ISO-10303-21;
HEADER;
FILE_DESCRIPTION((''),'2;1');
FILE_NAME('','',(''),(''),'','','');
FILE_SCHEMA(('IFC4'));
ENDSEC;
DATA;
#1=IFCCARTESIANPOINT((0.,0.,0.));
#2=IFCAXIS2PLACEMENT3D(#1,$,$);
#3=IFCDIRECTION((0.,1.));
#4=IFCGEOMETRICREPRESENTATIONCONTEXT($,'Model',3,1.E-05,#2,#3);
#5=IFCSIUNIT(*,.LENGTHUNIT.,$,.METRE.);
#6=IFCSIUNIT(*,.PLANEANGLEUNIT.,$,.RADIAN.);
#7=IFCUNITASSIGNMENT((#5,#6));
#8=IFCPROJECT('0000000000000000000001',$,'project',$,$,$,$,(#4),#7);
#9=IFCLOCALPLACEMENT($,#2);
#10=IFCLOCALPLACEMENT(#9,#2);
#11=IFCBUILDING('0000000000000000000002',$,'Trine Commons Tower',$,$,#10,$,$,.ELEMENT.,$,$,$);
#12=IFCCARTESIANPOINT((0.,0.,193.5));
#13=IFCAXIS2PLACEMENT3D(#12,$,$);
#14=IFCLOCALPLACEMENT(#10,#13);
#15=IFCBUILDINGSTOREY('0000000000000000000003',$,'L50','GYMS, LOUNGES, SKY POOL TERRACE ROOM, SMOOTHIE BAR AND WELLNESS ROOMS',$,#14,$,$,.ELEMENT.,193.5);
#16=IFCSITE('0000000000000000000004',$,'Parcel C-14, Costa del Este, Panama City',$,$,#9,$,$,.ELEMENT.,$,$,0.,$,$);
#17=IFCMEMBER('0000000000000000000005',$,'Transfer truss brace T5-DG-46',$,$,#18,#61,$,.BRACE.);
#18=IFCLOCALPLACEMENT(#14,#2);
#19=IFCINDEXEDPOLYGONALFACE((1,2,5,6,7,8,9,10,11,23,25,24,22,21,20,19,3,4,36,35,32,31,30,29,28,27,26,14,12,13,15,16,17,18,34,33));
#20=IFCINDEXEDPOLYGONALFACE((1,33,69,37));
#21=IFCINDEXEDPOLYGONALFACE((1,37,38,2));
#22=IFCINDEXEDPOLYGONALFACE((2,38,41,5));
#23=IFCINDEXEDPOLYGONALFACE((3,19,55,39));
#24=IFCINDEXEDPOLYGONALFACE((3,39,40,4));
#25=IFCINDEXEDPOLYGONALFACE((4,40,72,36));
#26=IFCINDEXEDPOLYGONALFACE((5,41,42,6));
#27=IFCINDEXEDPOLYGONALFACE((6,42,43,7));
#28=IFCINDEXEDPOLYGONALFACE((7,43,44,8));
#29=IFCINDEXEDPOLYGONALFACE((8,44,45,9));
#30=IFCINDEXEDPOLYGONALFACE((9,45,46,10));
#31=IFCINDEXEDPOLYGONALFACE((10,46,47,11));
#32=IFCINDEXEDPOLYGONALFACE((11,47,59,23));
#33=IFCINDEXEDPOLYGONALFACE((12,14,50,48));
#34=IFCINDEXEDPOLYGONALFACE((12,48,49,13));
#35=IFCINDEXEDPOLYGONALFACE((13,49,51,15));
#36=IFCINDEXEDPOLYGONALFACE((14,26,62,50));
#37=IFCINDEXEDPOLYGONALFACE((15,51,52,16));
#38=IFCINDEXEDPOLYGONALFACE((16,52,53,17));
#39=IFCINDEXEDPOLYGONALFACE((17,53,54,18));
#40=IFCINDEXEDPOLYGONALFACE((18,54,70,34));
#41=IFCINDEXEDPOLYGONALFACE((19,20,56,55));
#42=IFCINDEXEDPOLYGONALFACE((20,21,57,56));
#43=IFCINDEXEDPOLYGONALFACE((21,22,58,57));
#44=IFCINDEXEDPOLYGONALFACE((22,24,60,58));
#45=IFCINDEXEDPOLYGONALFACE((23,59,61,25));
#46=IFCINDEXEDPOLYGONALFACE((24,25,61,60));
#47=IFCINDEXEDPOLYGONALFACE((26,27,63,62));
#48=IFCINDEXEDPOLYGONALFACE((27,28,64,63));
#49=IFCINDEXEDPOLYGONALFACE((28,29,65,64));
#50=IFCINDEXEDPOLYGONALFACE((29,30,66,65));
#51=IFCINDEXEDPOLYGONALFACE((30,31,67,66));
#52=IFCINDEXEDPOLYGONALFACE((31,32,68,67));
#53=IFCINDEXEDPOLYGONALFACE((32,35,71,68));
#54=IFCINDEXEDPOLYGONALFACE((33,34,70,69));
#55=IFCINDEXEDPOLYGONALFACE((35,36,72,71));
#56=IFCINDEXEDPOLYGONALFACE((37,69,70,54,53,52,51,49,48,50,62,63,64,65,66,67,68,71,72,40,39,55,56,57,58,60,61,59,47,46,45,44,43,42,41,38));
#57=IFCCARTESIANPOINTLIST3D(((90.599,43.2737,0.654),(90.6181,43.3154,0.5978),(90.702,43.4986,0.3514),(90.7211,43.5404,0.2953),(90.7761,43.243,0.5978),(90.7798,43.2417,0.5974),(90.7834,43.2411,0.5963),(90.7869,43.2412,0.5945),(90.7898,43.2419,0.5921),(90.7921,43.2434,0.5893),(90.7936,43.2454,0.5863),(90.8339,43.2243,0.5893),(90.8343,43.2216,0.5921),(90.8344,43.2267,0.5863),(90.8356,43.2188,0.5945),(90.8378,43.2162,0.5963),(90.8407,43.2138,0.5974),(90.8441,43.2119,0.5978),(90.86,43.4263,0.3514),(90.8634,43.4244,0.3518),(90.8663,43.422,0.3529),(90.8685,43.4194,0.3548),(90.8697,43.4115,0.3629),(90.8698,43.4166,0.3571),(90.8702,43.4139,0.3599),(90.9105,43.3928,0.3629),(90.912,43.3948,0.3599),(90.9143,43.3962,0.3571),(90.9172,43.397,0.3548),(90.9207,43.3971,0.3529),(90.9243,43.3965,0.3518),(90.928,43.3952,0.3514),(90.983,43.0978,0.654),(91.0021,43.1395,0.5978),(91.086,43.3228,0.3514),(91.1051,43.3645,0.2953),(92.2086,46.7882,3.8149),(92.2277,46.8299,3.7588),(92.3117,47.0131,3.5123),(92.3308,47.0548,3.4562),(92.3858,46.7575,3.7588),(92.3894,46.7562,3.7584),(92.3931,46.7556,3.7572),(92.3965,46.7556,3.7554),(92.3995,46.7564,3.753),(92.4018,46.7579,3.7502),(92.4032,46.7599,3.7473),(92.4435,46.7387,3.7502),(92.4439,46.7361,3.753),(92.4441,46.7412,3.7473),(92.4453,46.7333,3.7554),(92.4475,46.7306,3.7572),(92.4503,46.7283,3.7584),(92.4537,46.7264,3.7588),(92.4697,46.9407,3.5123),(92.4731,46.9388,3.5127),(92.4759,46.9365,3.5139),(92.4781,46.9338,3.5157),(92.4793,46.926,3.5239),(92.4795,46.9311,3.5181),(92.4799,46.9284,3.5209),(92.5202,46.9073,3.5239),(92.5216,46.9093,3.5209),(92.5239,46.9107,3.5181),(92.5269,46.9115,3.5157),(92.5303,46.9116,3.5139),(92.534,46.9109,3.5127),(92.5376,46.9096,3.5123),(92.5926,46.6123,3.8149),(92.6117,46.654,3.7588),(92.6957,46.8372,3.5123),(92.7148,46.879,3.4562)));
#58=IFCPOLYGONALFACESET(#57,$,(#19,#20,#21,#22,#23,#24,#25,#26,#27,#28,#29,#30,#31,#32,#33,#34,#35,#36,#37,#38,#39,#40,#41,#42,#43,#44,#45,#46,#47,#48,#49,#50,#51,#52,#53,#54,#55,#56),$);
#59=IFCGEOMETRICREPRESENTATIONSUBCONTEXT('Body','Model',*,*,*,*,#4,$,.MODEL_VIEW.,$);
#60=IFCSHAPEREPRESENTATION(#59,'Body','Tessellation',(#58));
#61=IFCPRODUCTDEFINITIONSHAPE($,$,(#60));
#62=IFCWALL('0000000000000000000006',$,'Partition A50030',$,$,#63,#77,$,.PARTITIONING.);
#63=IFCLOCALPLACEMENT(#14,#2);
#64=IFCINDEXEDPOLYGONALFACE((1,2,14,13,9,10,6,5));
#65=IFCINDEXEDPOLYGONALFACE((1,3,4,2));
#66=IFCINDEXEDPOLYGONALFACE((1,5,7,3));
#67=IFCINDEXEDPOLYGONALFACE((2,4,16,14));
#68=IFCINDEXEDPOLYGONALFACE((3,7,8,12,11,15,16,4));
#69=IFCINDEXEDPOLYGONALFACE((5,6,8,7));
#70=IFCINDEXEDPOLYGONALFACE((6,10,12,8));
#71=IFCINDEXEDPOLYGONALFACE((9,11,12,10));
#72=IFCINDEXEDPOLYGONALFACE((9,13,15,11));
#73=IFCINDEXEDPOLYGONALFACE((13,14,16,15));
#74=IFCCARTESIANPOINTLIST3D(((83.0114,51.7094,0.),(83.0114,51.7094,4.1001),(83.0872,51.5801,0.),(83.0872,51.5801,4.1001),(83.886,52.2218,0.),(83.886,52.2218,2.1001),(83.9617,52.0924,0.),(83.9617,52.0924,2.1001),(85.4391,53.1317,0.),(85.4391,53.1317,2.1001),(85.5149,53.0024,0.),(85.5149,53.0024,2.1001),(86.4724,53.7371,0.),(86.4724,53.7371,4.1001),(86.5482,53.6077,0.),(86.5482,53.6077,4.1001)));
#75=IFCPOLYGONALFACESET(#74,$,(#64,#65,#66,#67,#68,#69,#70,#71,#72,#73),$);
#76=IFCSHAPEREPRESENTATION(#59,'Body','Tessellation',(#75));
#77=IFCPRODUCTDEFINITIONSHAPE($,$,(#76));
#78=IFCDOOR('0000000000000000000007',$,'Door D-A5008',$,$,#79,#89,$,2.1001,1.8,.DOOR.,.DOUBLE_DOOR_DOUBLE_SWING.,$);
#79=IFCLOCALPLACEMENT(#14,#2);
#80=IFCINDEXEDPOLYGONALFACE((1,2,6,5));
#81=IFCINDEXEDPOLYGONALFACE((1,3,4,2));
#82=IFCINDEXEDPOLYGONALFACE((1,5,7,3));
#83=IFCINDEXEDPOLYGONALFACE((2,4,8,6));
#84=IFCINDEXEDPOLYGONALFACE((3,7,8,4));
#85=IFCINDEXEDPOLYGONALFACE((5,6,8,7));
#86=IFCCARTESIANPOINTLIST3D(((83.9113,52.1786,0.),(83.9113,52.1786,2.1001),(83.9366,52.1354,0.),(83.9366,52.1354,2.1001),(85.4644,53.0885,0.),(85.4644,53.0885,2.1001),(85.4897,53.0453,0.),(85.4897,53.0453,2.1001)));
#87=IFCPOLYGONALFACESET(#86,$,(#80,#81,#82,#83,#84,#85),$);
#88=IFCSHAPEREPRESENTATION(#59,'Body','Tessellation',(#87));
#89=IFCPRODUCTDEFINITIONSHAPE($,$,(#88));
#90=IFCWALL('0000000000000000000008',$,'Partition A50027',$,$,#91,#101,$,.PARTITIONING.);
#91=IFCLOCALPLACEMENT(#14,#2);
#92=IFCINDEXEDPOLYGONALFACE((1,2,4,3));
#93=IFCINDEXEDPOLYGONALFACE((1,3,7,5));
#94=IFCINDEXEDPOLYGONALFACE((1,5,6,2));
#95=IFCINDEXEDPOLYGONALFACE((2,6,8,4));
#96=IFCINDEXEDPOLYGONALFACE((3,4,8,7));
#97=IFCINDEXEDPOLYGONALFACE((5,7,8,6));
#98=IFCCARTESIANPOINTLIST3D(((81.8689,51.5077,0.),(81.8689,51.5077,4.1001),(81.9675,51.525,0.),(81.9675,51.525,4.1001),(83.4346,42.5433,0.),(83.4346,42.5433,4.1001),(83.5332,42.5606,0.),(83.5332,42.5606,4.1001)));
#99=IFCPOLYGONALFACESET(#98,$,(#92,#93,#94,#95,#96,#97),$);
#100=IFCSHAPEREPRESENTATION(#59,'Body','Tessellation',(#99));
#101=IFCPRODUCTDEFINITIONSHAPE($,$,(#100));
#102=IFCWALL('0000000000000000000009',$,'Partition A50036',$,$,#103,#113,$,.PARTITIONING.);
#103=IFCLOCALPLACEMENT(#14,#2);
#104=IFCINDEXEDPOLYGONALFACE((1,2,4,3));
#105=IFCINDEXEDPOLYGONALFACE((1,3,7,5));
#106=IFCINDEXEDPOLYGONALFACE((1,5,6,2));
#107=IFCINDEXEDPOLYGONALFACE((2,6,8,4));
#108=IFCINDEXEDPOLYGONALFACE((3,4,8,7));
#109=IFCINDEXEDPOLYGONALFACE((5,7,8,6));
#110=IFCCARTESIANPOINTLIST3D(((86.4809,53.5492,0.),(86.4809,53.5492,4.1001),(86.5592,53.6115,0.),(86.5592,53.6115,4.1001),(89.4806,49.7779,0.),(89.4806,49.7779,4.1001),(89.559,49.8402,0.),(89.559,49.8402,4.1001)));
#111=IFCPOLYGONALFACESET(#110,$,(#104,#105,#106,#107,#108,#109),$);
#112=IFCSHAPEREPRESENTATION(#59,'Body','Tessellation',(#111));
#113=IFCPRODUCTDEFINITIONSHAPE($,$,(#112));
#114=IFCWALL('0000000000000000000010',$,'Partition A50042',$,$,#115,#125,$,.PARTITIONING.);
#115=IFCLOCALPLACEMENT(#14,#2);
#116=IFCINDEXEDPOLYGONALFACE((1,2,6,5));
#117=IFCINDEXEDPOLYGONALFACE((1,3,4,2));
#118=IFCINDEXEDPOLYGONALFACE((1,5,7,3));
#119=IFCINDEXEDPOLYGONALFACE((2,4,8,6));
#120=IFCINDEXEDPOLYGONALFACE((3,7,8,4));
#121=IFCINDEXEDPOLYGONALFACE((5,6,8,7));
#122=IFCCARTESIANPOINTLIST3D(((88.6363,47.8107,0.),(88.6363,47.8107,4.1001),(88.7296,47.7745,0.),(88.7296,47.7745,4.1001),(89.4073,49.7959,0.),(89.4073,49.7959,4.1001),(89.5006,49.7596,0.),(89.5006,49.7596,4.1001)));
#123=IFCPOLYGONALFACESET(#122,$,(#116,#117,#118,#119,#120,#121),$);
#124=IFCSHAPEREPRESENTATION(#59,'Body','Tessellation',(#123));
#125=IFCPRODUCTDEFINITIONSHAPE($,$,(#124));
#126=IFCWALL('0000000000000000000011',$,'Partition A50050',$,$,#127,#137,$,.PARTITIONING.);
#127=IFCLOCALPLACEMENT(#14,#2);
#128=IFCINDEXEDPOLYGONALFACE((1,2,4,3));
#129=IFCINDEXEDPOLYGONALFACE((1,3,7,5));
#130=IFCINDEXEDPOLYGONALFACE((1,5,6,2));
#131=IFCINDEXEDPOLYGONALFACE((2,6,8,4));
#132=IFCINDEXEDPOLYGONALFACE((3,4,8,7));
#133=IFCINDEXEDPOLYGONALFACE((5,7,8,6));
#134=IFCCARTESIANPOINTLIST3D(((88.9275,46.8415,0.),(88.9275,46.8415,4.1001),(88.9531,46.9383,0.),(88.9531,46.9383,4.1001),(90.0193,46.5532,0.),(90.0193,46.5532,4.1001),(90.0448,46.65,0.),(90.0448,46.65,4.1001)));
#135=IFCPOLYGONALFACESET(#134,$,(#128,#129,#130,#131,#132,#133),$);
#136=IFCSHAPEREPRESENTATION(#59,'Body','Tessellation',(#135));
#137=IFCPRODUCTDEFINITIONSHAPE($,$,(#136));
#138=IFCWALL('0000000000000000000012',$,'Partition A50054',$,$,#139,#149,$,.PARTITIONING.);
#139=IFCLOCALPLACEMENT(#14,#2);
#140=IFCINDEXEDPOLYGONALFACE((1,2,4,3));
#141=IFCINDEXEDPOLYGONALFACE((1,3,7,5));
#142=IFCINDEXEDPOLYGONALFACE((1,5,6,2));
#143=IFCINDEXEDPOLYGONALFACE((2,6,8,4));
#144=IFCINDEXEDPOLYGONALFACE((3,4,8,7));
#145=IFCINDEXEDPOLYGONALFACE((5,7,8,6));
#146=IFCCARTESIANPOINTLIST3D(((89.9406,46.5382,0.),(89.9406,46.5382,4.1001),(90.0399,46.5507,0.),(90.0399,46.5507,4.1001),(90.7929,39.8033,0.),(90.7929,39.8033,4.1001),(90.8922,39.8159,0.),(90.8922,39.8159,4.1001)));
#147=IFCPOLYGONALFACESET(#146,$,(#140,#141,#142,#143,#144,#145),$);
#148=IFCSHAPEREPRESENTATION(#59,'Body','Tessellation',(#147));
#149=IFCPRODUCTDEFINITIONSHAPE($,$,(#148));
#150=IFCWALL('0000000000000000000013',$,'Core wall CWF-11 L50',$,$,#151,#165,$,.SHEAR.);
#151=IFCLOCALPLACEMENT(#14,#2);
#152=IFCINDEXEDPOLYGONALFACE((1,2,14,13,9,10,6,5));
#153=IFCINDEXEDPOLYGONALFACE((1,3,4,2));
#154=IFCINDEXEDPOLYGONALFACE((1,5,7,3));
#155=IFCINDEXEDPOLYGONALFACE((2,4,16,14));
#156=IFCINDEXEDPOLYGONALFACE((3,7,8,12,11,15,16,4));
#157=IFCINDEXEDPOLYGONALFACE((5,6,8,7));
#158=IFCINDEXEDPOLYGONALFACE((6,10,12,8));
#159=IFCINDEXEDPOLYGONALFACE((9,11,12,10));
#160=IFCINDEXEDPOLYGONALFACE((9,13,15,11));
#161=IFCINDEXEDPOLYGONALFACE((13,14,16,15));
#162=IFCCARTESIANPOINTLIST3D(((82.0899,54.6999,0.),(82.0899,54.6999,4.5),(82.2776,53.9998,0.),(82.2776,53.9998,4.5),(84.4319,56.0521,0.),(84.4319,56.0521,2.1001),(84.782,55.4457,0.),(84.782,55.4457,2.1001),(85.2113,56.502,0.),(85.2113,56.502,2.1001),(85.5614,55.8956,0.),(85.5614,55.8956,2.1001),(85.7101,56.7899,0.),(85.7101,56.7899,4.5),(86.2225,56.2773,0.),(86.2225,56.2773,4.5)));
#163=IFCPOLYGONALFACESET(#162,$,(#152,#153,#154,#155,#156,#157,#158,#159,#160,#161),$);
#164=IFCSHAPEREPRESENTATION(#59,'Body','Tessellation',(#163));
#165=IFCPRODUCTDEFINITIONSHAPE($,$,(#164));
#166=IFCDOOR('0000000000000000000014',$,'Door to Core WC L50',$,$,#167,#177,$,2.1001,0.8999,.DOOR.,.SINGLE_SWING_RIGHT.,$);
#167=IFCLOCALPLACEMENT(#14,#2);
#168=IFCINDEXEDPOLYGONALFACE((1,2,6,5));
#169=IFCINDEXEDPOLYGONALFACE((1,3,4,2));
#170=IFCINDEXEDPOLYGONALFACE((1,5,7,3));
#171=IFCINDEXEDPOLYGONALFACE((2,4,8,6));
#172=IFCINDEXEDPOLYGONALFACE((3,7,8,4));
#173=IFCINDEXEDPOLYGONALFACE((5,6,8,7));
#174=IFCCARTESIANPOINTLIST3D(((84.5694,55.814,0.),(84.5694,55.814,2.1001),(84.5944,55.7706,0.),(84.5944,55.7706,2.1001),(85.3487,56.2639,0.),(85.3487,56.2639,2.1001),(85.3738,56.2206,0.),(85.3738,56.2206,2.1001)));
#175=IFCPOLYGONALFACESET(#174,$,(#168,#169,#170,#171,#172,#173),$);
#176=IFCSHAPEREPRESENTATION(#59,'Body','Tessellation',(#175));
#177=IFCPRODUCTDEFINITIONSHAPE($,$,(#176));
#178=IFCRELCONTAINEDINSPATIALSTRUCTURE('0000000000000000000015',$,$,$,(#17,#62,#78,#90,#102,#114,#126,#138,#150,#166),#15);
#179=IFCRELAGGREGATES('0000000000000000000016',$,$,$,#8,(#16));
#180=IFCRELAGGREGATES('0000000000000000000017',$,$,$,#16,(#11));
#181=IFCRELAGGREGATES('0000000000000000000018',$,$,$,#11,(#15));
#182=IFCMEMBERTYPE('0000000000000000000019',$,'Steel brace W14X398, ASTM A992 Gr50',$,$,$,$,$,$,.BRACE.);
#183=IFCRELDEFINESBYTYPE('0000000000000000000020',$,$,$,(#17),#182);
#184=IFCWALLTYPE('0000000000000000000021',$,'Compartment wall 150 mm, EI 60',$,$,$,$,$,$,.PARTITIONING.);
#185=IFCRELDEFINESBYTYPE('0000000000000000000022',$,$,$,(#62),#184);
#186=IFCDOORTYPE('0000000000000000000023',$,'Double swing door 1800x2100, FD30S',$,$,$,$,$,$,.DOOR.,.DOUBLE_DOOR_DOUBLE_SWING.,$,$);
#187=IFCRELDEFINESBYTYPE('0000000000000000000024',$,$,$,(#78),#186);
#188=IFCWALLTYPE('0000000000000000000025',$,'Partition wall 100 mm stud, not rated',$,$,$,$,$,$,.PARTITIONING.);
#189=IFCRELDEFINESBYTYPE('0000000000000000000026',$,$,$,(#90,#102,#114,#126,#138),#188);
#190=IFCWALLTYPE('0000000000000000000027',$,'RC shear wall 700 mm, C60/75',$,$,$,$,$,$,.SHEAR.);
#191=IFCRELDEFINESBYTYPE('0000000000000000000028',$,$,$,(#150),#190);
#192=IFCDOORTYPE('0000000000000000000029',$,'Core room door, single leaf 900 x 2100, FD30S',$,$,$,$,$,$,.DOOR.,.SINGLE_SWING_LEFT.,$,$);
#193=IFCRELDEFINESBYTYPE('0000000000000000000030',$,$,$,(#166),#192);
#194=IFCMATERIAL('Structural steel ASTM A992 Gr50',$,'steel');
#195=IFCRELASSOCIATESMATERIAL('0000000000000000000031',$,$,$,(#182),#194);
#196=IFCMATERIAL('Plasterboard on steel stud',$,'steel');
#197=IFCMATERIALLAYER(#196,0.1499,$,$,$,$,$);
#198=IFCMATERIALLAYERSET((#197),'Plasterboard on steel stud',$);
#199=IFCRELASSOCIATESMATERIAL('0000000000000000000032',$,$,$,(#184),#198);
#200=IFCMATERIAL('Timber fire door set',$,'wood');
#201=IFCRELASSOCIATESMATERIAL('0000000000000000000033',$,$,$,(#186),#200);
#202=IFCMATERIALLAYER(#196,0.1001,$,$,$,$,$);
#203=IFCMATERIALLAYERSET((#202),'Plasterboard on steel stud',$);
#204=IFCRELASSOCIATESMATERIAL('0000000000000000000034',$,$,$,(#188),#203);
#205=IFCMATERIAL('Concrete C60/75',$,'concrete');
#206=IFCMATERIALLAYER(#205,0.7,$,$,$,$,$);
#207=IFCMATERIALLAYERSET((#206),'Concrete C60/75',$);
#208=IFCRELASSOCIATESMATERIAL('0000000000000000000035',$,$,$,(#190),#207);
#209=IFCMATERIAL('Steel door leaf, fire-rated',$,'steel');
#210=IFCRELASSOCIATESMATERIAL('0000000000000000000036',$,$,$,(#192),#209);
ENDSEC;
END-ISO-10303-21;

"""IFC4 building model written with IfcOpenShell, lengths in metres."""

from ifc_helpers import new_model, si_unit, direction, frame, frame_2d, origin, origin_2d, place, context, subcontext, project, spatial, polyline, rectangle, i_section, outline, extrude, material, layer, layer_set, material_profile, profile_set, type_object, element, fill, save


model = new_model("IFC4")

# Units and contexts
model_context = context("Model", 3, precision=1e-05, world=origin(), true_north=direction((0.0, 1.0)))
body_context = subcontext(model_context, "Body", "Model", "MODEL_VIEW")
ifc_project = project(units=[si_unit("LENGTHUNIT", "METRE"), si_unit("PLANEANGLEUNIT", "RADIAN")], contexts=[model_context])

# Site, building, storey
site_placement = place(None, origin())
site = spatial("IfcSite", under=ifc_project, at=site_placement, Name="Parcel C-14, Costa del Este, Panama City", CompositionType="ELEMENT", RefElevation=0.0)
building_placement = place(site_placement, origin())
building = spatial("IfcBuilding", under=site, at=building_placement, Name="Trine Commons Tower", CompositionType="ELEMENT")
storey_placement = place(building_placement, frame((0.0, 0.0, 193.5)))
storey = spatial("IfcBuildingStorey", under=building, at=storey_placement, Name="L50", Description="GYMS, LOUNGES, SKY POOL TERRACE ROOM, SMOOTHIE BAR AND WELLNESS ROOMS", CompositionType="ELEMENT", Elevation=193.5)

# Shared definitions
ifc_material_1 = material(Name="Structural steel ASTM A992 Gr50", Category="steel")

# Member
ifc_material_profile_1 = material_profile(ifc_material_1, i_section(OverallWidth=0.4224, OverallDepth=0.4634, WebThickness=0.0449, FlangeThickness=0.0725, FilletRadius=0.0149, at=origin_2d()), Name="W14X398")
ifc_profile_set_1 = profile_set([ifc_material_profile_1], Name="Structural steel ASTM A992 Gr50")
member_type = type_object("IfcMemberType", Name="Steel brace W14X398, ASTM A992 Gr50", PredefinedType="BRACE", material=ifc_profile_set_1)
member_1_placement = place(storey_placement, frame((90.8521, 43.3191, 0.4746), z_axis=(0.322355, 0.703823, 0.633025), x_axis=(-0.909177, 0.416409, 0.0)))
element("IfcMember", 1, at=member_1_placement, inside=storey, type_object=member_type, Name="Transfer truss brace T5-DG-46", PredefinedType="BRACE", context=body_context, shape_type="SweptSolid", body=[
    extrude(i_section(OverallWidth=0.4224, OverallDepth=0.4634, WebThickness=0.0449, FlangeThickness=0.0725, FilletRadius=0.0149, at=origin_2d()), origin(), (0.0, 0.0, 1.0), 4.9934),
])

# Wall, opening, door
ifc_material_2 = material(Name="Plasterboard on steel stud", Category="steel")
ifc_layer_1 = layer(ifc_material_2, 0.1499)
ifc_layer_set_1 = layer_set([ifc_layer_1], Name="Plasterboard on steel stud")
wall_type_1 = type_object("IfcWallType", Name="Compartment wall 150 mm, EI 60", PredefinedType="PARTITIONING", material=ifc_layer_set_1)
wall_1_placement = place(storey_placement, frame((83.0493, 51.6448, 0.0), z_axis=(0.0, 0.0, 1.0), x_axis=(0.862833, 0.50549, 0.0)))
wall_1 = element("IfcWall", 2, at=wall_1_placement, inside=storey, type_object=wall_type_1, Name="Partition A50030", PredefinedType="PARTITIONING", context=body_context, shape_type="SweptSolid", body=[
    extrude(rectangle(XDim=4.0112, YDim=0.1499, at=frame_2d((2.0056, 0.0))), origin(), (0.0, 0.0, 1.0), 4.1001),
])
opening_1_placement = place(wall_1_placement, frame((1.0137, 0.0, 0.0)))
opening_1 = element("IfcOpeningElement", 3, at=opening_1_placement, cuts=wall_1, PredefinedType="OPENING", context=body_context, shape_type="SweptSolid", body=[
    extrude(rectangle(XDim=1.8, YDim=2.1001, at=frame_2d((0.8999, 1.05))), frame((0.0, 0.085, 0.0), z_axis=(0.0, -1.0, 0.0), x_axis=(1.0, 0.0, 0.0)), (0.0, 0.0, 1.0), 0.1699),
])
ifc_material_3 = material(Name="Timber fire door set", Category="wood")
door_type_1 = type_object("IfcDoorType", Name="Double swing door 1800x2100, FD30S", OperationType="DOUBLE_DOOR_DOUBLE_SWING", PredefinedType="DOOR", material=ifc_material_3)
door_1_placement = place(opening_1_placement, origin())
door_1 = element("IfcDoor", 4, at=door_1_placement, inside=storey, type_object=door_type_1, Name="Door D-A5008", OperationType="DOUBLE_DOOR_DOUBLE_SWING", OverallHeight=2.1001, OverallWidth=1.8, PredefinedType="DOOR", context=body_context, shape_type="SweptSolid", body=[
    extrude(rectangle(XDim=1.8, YDim=2.1001, at=frame_2d((0.8999, 1.05))), frame((0.0, 0.0249, 0.0), z_axis=(0.0, -1.0, 0.0), x_axis=(1.0, 0.0, 0.0)), (0.0, 0.0, 1.0), 0.05),
])
fill(opening_1, door_1)

# Walls
ifc_layer_2 = layer(ifc_material_2, 0.1001)
ifc_layer_set_2 = layer_set([ifc_layer_2], Name="Plasterboard on steel stud")
wall_type_2 = type_object("IfcWallType", Name="Partition wall 100 mm stud, not rated", PredefinedType="PARTITIONING", material=ifc_layer_set_2)
wall_2_placement = place(storey_placement, frame((81.9182, 51.5164, 0.0), z_axis=(0.0, 0.0, 1.0), x_axis=(0.172051, -0.985088, 0.0)))
element("IfcWall", 5, at=wall_2_placement, inside=storey, type_object=wall_type_2, Name="Partition A50027", PredefinedType="PARTITIONING", context=body_context, shape_type="SweptSolid", body=[
    extrude(rectangle(XDim=9.1001, YDim=0.1001, at=frame_2d((4.55, 0.0))), origin(), (0.0, 0.0, 1.0), 4.1001),
])
wall_3_placement = place(storey_placement, frame((86.52, 53.5803, 0.0), z_axis=(0.0, 0.0, 1.0), x_axis=(0.622512, -0.782611, 0.0)))
element("IfcWall", 6, at=wall_3_placement, inside=storey, type_object=wall_type_2, Name="Partition A50036", PredefinedType="PARTITIONING", context=body_context, shape_type="SweptSolid", body=[
    extrude(rectangle(XDim=4.8188, YDim=0.1001, at=frame_2d((2.4094, 0.0))), origin(), (0.0, 0.0, 1.0), 4.1001),
])
wall_4_placement = place(storey_placement, frame((88.6829, 47.7925, 0.0), z_axis=(0.0, 0.0, 1.0), x_axis=(0.362042, 0.932162, 0.0)))
element("IfcWall", 7, at=wall_4_placement, inside=storey, type_object=wall_type_2, Name="Partition A50042", PredefinedType="PARTITIONING", context=body_context, shape_type="SweptSolid", body=[
    extrude(rectangle(XDim=2.1296, YDim=0.1001, at=frame_2d((1.0649, 0.0))), origin(), (0.0, 0.0, 1.0), 4.1001),
])
wall_5_placement = place(storey_placement, frame((88.9404, 46.8899, 0.0), z_axis=(0.0, 0.0, 1.0), x_axis=(0.966853, -0.255334, 0.0)))
element("IfcWall", 8, at=wall_5_placement, inside=storey, type_object=wall_type_2, Name="Partition A50050", PredefinedType="PARTITIONING", context=body_context, shape_type="SweptSolid", body=[
    extrude(rectangle(XDim=1.1292, YDim=0.1001, at=frame_2d((0.5645, 0.0))), origin(), (0.0, 0.0, 1.0), 4.1001),
])
wall_6_placement = place(storey_placement, frame((89.9902, 46.5444, 0.0), z_axis=(0.0, 0.0, 1.0), x_axis=(0.125548, -0.992087, 0.0)))
element("IfcWall", 9, at=wall_6_placement, inside=storey, type_object=wall_type_2, Name="Partition A50054", PredefinedType="PARTITIONING", context=body_context, shape_type="SweptSolid", body=[
    extrude(rectangle(XDim=6.7886, YDim=0.1001, at=frame_2d((3.3943, 0.0))), origin(), (0.0, 0.0, 1.0), 4.1001),
])

# Wall, opening, door
ifc_material_4 = material(Name="Concrete C60/75", Category="concrete")
ifc_layer_3 = layer(ifc_material_4, 0.7)
ifc_layer_set_3 = layer_set([ifc_layer_3], Name="Concrete C60/75")
wall_type_3 = type_object("IfcWallType", Name="RC shear wall 700 mm, C60/75", PredefinedType="SHEAR", material=ifc_layer_set_3)
wall_7_placement = place(storey_placement, frame((82.1025, 54.303, 0.0), z_axis=(0.0, 0.0, 1.0), x_axis=(0.866035, 0.499984, 0.0)))
wall_7 = element("IfcWall", 10, at=wall_7_placement, inside=storey, type_object=wall_type_3, Name="Core wall CWF-11 L50", PredefinedType="SHEAR", context=body_context, shape_type="SweptSolid", body=[
    extrude(outline(polyline([(0.0, -0.3501), (4.5552, -0.3501), (4.3677, 0.3501), (0.1875, 0.3501), (0.0, -0.3501)])), origin(), (0.0, 0.0, 1.0), 4.5),
])
opening_2_placement = place(wall_7_placement, frame((2.8918, 0.0, 0.0)))
opening_2 = element("IfcOpeningElement", 11, at=opening_2_placement, cuts=wall_7, PredefinedType="OPENING", context=body_context, shape_type="SweptSolid", body=[
    extrude(rectangle(XDim=0.8999, YDim=2.1001, at=frame_2d((0.45, 1.05))), frame((0.0, 0.3599, 0.0), z_axis=(0.0, -1.0, 0.0), x_axis=(1.0, 0.0, 0.0)), (0.0, 0.0, 1.0), 0.72),
])
ifc_material_5 = material(Name="Steel door leaf, fire-rated", Category="steel")
door_type_2 = type_object("IfcDoorType", Name="Core room door, single leaf 900 x 2100, FD30S", OperationType="SINGLE_SWING_LEFT", PredefinedType="DOOR", material=ifc_material_5)
door_2_placement = place(opening_2_placement, origin())
door_2 = element("IfcDoor", 12, at=door_2_placement, inside=storey, type_object=door_type_2, Name="Door to Core WC L50", OperationType="SINGLE_SWING_RIGHT", OverallHeight=2.1001, OverallWidth=0.8999, PredefinedType="DOOR", context=body_context, shape_type="SweptSolid", body=[
    extrude(rectangle(XDim=0.8999, YDim=2.1001, at=frame_2d((0.45, 1.05))), frame((0.0, 0.0752, 0.0), z_axis=(0.0, -1.0, 0.0), x_axis=(1.0, 0.0, 0.0)), (0.0, 0.0, 1.0), 0.05),
])
fill(opening_2, door_2)

save(model, "model.ifc")
